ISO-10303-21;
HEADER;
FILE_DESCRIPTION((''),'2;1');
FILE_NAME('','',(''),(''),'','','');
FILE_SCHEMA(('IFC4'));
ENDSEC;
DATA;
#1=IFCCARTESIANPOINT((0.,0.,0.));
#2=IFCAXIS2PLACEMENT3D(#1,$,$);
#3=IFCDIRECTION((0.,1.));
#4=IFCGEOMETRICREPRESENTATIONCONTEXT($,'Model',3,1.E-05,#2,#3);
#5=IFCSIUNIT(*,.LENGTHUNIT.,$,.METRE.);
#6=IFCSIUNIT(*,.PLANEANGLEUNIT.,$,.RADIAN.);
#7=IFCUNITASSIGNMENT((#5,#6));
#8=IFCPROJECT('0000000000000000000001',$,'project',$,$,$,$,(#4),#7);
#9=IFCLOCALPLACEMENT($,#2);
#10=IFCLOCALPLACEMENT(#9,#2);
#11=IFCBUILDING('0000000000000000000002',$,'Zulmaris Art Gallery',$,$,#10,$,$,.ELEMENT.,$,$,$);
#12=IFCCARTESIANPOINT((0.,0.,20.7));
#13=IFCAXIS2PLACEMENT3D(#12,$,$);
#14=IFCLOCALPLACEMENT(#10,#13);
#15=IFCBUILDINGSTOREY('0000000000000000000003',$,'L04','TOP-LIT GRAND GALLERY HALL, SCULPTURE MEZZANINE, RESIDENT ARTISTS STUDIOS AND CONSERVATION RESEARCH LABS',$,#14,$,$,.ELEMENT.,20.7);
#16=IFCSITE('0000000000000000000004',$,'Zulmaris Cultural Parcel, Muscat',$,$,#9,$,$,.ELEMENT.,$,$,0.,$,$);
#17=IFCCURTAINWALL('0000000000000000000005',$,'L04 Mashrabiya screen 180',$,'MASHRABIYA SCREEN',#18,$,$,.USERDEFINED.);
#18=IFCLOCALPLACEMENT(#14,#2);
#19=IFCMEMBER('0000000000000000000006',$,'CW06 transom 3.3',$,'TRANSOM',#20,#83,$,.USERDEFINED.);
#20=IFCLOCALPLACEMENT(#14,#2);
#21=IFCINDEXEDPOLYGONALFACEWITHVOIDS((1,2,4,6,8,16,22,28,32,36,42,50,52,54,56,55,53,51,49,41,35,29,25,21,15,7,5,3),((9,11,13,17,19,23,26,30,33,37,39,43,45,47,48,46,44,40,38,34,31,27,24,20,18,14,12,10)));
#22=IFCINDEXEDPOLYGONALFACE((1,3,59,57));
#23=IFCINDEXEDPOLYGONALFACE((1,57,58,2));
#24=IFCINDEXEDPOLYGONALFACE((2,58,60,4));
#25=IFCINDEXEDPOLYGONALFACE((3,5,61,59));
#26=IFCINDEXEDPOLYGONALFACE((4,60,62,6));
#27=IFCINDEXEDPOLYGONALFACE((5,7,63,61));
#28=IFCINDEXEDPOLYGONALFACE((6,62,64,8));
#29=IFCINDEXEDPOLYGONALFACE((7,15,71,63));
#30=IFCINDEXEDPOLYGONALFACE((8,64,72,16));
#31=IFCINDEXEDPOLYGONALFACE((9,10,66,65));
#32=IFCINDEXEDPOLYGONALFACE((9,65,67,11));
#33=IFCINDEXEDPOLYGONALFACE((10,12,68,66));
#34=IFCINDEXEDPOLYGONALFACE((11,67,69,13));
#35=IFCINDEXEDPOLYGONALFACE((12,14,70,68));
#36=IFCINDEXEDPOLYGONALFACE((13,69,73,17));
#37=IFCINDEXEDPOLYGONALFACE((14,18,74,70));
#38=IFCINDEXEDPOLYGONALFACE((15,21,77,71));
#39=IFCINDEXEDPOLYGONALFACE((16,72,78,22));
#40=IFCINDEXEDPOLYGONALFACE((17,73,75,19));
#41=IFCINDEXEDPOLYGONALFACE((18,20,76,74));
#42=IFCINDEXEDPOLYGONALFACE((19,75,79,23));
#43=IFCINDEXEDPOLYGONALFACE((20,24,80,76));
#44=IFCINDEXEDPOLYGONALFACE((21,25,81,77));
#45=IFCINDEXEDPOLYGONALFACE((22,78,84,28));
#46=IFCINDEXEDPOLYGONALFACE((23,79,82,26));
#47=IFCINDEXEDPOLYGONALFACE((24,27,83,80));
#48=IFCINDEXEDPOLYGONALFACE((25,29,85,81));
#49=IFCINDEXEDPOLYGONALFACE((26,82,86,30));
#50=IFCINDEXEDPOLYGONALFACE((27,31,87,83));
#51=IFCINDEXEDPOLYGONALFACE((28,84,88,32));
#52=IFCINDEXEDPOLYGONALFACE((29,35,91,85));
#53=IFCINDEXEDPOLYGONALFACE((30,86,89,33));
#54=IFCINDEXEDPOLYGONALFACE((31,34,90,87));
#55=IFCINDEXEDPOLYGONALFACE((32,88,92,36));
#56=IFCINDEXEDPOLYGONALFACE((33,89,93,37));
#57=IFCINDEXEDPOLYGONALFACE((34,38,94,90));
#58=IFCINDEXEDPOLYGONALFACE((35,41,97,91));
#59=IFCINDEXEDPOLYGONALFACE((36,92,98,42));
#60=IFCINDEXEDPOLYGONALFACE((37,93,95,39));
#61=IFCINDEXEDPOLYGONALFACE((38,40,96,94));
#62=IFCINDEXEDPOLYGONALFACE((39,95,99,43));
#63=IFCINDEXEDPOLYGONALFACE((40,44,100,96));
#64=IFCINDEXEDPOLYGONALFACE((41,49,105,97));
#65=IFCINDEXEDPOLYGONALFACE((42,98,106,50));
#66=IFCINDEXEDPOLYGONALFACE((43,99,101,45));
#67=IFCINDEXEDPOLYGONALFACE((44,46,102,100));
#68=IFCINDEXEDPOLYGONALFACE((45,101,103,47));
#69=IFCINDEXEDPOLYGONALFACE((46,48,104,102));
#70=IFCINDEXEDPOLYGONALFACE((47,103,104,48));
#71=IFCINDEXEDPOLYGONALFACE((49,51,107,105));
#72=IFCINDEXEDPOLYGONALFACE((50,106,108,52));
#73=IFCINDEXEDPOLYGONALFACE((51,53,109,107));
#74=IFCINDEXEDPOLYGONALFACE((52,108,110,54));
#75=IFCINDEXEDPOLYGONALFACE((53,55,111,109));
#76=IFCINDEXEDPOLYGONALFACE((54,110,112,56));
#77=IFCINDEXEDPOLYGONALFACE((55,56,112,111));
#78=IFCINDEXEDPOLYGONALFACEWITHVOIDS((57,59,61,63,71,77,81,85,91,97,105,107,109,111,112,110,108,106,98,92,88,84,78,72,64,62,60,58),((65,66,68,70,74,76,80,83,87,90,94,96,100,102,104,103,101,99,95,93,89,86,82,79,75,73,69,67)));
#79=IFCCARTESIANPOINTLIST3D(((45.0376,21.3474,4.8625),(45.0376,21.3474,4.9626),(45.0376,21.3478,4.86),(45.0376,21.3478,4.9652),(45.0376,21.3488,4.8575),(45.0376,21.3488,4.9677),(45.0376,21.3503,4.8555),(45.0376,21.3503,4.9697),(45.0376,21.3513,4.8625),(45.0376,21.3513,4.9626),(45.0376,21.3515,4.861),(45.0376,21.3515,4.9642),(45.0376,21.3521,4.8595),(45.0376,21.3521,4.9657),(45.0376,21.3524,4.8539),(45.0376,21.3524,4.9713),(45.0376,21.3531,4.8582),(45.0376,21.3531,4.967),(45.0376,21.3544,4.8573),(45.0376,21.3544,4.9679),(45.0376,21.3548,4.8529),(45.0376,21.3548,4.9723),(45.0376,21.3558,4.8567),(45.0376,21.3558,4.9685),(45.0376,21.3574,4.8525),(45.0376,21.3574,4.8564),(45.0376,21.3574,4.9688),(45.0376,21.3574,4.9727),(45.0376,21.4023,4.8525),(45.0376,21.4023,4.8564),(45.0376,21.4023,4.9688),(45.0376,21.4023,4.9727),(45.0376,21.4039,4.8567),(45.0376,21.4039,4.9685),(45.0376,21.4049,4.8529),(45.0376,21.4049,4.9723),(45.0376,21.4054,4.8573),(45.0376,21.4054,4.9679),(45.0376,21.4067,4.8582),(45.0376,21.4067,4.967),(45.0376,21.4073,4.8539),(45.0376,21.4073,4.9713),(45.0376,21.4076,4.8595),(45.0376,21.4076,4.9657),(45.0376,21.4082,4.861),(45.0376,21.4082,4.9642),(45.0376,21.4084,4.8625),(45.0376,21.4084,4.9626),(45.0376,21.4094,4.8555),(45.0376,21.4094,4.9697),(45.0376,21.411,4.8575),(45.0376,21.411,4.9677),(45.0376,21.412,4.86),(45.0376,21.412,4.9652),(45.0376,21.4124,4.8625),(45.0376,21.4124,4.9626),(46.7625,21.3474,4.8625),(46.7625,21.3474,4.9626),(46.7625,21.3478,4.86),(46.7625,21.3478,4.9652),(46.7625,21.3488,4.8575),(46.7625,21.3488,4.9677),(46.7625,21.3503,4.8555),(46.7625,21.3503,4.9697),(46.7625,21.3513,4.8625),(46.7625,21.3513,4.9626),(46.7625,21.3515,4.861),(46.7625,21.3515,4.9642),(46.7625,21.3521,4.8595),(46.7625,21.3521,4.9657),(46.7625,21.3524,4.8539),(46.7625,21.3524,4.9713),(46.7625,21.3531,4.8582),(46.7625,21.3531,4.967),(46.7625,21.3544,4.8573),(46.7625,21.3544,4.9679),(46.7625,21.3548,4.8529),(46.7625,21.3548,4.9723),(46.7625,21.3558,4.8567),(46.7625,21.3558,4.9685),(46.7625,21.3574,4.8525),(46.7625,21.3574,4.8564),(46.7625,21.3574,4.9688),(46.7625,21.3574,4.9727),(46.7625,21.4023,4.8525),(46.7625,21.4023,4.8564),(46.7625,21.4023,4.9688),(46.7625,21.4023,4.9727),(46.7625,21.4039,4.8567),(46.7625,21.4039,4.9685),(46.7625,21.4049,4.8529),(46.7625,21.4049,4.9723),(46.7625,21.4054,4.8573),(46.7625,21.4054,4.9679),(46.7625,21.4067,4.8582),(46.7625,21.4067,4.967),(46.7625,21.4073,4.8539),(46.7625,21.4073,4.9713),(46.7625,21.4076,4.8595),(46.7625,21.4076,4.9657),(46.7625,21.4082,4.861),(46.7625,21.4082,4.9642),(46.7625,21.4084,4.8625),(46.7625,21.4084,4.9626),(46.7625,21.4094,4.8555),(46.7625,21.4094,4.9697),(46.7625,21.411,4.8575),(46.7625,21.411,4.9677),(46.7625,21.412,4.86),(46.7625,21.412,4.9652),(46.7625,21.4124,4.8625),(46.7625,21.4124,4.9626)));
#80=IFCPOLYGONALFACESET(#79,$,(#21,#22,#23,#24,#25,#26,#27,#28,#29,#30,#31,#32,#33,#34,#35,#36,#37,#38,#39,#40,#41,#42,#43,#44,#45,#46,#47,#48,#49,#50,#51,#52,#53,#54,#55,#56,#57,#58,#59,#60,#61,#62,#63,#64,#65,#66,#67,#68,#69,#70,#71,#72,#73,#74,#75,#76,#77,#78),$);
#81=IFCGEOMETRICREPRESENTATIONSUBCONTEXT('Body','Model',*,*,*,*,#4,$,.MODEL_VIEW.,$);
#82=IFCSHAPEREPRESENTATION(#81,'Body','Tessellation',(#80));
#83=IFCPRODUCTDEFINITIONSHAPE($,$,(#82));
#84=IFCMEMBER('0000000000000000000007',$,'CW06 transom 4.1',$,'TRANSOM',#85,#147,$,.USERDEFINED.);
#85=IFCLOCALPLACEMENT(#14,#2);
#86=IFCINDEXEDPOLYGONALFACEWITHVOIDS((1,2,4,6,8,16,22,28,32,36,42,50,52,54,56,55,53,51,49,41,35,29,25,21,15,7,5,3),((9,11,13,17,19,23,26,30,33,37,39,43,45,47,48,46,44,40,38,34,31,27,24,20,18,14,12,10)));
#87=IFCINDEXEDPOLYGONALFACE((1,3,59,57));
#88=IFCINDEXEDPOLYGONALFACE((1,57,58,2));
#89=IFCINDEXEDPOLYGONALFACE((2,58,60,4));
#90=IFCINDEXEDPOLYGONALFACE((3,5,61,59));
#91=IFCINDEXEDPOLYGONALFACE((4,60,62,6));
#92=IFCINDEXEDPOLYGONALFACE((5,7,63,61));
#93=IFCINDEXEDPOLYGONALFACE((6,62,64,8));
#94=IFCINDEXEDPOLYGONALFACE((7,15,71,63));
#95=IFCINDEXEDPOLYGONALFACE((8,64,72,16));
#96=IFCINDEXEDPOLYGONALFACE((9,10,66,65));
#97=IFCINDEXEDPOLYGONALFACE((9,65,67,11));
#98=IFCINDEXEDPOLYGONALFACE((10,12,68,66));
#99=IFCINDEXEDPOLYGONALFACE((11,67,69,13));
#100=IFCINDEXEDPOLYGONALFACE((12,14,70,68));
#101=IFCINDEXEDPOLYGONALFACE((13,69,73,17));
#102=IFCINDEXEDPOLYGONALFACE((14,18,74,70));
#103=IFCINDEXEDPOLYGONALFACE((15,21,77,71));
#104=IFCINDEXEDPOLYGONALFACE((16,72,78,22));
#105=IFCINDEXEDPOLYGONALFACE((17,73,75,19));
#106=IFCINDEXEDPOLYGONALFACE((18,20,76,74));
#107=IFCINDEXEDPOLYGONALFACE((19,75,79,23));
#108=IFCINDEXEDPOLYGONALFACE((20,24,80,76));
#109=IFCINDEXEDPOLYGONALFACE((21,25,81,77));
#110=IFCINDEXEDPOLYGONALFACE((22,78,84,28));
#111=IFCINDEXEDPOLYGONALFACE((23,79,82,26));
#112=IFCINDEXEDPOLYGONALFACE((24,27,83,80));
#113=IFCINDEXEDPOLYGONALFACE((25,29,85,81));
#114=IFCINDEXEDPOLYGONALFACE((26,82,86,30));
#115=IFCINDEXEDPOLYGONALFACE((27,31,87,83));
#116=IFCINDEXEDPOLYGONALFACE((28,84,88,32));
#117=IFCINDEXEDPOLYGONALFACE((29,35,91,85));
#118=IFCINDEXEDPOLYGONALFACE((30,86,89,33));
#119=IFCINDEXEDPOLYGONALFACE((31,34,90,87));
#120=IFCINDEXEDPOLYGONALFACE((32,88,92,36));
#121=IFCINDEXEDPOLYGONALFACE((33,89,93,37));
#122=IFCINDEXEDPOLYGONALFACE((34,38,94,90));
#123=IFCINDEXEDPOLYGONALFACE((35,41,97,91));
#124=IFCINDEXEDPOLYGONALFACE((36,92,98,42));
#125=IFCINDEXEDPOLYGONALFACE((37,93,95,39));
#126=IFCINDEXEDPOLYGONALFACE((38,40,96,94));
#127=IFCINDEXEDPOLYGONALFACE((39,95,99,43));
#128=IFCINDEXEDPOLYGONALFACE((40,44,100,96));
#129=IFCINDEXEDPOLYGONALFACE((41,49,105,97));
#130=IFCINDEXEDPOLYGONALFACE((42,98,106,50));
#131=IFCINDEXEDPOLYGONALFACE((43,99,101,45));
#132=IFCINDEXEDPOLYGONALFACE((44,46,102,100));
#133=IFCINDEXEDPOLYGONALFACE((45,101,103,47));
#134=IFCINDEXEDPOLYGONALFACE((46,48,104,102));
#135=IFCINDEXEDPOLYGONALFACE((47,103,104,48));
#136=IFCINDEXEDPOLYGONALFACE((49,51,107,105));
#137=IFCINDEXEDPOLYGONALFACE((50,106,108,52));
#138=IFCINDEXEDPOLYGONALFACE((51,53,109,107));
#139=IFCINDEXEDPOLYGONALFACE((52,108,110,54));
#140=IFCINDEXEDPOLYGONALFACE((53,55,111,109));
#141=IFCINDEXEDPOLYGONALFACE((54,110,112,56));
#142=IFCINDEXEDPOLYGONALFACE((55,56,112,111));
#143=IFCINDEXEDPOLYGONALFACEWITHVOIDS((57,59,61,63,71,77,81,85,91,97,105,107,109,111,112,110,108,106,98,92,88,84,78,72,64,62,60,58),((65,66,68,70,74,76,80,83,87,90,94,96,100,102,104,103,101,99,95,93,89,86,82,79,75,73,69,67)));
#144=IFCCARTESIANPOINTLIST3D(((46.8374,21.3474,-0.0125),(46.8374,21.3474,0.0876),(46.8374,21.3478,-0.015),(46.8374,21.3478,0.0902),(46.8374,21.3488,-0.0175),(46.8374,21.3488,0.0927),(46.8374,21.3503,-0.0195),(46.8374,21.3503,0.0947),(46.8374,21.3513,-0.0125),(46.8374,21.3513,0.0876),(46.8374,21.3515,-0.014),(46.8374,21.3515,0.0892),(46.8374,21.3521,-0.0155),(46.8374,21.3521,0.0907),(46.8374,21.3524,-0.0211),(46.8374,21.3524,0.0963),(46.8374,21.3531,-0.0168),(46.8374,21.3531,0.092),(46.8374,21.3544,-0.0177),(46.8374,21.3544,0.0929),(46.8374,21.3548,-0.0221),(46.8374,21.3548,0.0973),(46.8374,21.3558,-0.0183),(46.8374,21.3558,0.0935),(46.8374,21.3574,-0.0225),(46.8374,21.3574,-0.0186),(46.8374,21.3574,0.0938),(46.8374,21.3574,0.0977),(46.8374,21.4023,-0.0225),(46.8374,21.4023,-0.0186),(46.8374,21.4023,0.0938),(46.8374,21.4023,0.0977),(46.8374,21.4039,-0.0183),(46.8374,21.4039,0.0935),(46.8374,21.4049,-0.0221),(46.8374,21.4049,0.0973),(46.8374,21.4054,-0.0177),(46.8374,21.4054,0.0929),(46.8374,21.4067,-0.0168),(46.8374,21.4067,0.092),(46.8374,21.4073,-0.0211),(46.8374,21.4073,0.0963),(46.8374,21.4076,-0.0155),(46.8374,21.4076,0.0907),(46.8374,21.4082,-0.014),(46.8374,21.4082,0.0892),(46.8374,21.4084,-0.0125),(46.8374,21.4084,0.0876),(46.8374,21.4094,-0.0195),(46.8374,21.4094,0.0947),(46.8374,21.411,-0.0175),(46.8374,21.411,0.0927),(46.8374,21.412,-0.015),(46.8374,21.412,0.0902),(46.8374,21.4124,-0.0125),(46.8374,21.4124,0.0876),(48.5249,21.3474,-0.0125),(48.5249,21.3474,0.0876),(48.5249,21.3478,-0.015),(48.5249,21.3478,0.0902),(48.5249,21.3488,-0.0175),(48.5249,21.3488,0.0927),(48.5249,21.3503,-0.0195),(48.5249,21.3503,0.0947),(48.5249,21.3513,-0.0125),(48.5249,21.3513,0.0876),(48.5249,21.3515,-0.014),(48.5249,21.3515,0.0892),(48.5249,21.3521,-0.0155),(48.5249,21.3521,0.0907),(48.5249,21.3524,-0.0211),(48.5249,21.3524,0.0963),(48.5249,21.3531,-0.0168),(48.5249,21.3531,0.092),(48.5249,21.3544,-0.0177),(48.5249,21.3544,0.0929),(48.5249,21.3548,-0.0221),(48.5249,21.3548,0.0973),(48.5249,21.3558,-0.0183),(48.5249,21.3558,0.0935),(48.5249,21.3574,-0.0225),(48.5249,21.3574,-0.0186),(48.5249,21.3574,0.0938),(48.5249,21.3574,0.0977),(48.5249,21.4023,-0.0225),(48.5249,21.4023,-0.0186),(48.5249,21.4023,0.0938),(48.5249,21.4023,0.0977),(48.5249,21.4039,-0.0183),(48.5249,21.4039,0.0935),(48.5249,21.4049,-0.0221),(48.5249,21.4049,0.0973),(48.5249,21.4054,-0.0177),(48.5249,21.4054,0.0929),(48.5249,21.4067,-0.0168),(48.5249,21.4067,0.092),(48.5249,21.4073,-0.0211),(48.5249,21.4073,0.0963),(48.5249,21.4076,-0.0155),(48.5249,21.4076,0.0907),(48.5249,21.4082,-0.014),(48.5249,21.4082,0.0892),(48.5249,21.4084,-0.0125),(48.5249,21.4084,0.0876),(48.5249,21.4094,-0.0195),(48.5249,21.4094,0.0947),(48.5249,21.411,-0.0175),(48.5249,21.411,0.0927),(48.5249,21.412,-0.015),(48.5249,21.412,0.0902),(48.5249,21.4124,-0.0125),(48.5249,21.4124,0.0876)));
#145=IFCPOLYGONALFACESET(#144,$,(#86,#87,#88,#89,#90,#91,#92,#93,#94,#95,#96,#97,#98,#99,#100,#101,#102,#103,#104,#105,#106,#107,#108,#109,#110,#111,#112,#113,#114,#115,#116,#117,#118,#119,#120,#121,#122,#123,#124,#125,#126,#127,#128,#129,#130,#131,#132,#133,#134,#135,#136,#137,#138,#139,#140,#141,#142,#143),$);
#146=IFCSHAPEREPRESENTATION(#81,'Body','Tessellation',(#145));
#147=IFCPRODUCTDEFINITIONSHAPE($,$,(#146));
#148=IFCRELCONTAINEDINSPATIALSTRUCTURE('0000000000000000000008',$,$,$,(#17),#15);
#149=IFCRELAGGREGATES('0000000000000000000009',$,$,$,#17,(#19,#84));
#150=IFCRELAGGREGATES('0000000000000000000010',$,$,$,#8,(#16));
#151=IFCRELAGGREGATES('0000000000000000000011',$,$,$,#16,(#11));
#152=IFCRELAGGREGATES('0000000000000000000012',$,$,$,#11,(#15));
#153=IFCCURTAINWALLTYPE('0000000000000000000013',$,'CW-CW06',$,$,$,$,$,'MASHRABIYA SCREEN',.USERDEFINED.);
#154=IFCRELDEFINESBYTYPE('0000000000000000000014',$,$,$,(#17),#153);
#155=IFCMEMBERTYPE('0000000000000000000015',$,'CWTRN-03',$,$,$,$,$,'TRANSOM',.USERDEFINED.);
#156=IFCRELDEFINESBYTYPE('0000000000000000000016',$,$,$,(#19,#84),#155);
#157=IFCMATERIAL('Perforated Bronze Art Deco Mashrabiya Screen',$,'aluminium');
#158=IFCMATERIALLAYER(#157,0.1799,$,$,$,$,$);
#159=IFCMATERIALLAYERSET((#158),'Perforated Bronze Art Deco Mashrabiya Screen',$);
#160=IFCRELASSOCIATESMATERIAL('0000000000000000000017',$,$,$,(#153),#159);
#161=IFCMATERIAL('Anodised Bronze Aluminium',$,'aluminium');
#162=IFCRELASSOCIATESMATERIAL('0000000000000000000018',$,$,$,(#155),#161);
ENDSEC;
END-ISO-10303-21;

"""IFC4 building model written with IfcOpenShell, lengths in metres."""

from ifc_helpers import new_model, si_unit, direction, frame, origin, origin_2d, place, context, subcontext, project, spatial, hollow_rectangle, extrude, material, layer, layer_set, material_profile, profile_set, type_object, element, aggregate, save


model = new_model("IFC4")

# Units and contexts
model_context = context("Model", 3, precision=1e-05, world=origin(), true_north=direction((0.0, 1.0)))
body_context = subcontext(model_context, "Body", "Model", "MODEL_VIEW")
ifc_project = project(units=[si_unit("LENGTHUNIT", "METRE"), si_unit("PLANEANGLEUNIT", "RADIAN")], contexts=[model_context])

# Site, building, storey
site_placement = place(None, origin())
site = spatial("IfcSite", under=ifc_project, at=site_placement, Name="Zulmaris Cultural Parcel, Muscat", CompositionType="ELEMENT", RefElevation=0.0)
building_placement = place(site_placement, origin())
building = spatial("IfcBuilding", under=site, at=building_placement, Name="Zulmaris Art Gallery", CompositionType="ELEMENT")
storey_placement = place(building_placement, frame((0.0, 0.0, 20.7)))
storey = spatial("IfcBuildingStorey", under=building, at=storey_placement, Name="L04", Description="TOP-LIT GRAND GALLERY HALL, SCULPTURE MEZZANINE, RESIDENT ARTISTS STUDIOS AND CONSERVATION RESEARCH LABS", CompositionType="ELEMENT", Elevation=20.7)

# Curtain wall
ifc_material_1 = material(Name="Anodised Bronze Aluminium", Category="aluminium")
ifc_material_2 = material(Name="Perforated Bronze Art Deco Mashrabiya Screen", Category="aluminium")
ifc_layer_1 = layer(ifc_material_2, 0.1799)
ifc_layer_set_1 = layer_set([ifc_layer_1], Name="Perforated Bronze Art Deco Mashrabiya Screen")
curtain_wall_type_1 = type_object("IfcCurtainWallType", Name="CW-CW06", ElementType="MASHRABIYA SCREEN", PredefinedType="USERDEFINED", material=ifc_layer_set_1)
curtain_wall_1_placement = place(storey_placement, origin())
curtain_wall_1 = element("IfcCurtainWall", 1, at=curtain_wall_1_placement, inside=storey, type_object=curtain_wall_type_1, Name="L04 Mashrabiya screen 180", ObjectType="MASHRABIYA SCREEN", PredefinedType="USERDEFINED")

# Members
ifc_material_profile_1 = material_profile(ifc_material_1, hollow_rectangle(XDim=0.0649, YDim=0.1201, WallThickness=0.0039, InnerFilletRadius=0.0061, OuterFilletRadius=0.01, at=origin_2d()), Name="ALU 65x120x4")
ifc_profile_set_1 = profile_set([ifc_material_profile_1], Name="Anodised Bronze Aluminium")
member_type_1 = type_object("IfcMemberType", Name="CWTRN-03", ElementType="TRANSOM", PredefinedType="USERDEFINED", material=ifc_profile_set_1)
member_1_placement = place(storey_placement, frame((45.0376, 21.3799, 4.9126), z_axis=(1.0, 0.0, 0.0), x_axis=(0.0, 1.0, 0.0)))
member_1 = element("IfcMember", 2, at=member_1_placement, type_object=member_type_1, Name="CW06 transom 3.3", ObjectType="TRANSOM", PredefinedType="USERDEFINED", context=body_context, shape_type="SweptSolid", body=[
    extrude(hollow_rectangle(XDim=0.0649, YDim=0.1201, WallThickness=0.0039, InnerFilletRadius=0.0061, OuterFilletRadius=0.01, at=origin_2d()), origin(), (0.0, 0.0, 1.0), 1.7249),
])
member_2_placement = place(storey_placement, frame((46.8374, 21.3799, 0.0376), z_axis=(1.0, 0.0, 0.0), x_axis=(0.0, 1.0, 0.0)))
member_2 = element("IfcMember", 3, at=member_2_placement, type_object=member_type_1, Name="CW06 transom 4.1", ObjectType="TRANSOM", PredefinedType="USERDEFINED", context=body_context, shape_type="SweptSolid", body=[
    extrude(hollow_rectangle(XDim=0.0649, YDim=0.1201, WallThickness=0.0039, InnerFilletRadius=0.0061, OuterFilletRadius=0.01, at=origin_2d()), origin(), (0.0, 0.0, 1.0), 1.6875),
])

aggregate(curtain_wall_1, [member_1, member_2])

save(model, "model.ifc")
